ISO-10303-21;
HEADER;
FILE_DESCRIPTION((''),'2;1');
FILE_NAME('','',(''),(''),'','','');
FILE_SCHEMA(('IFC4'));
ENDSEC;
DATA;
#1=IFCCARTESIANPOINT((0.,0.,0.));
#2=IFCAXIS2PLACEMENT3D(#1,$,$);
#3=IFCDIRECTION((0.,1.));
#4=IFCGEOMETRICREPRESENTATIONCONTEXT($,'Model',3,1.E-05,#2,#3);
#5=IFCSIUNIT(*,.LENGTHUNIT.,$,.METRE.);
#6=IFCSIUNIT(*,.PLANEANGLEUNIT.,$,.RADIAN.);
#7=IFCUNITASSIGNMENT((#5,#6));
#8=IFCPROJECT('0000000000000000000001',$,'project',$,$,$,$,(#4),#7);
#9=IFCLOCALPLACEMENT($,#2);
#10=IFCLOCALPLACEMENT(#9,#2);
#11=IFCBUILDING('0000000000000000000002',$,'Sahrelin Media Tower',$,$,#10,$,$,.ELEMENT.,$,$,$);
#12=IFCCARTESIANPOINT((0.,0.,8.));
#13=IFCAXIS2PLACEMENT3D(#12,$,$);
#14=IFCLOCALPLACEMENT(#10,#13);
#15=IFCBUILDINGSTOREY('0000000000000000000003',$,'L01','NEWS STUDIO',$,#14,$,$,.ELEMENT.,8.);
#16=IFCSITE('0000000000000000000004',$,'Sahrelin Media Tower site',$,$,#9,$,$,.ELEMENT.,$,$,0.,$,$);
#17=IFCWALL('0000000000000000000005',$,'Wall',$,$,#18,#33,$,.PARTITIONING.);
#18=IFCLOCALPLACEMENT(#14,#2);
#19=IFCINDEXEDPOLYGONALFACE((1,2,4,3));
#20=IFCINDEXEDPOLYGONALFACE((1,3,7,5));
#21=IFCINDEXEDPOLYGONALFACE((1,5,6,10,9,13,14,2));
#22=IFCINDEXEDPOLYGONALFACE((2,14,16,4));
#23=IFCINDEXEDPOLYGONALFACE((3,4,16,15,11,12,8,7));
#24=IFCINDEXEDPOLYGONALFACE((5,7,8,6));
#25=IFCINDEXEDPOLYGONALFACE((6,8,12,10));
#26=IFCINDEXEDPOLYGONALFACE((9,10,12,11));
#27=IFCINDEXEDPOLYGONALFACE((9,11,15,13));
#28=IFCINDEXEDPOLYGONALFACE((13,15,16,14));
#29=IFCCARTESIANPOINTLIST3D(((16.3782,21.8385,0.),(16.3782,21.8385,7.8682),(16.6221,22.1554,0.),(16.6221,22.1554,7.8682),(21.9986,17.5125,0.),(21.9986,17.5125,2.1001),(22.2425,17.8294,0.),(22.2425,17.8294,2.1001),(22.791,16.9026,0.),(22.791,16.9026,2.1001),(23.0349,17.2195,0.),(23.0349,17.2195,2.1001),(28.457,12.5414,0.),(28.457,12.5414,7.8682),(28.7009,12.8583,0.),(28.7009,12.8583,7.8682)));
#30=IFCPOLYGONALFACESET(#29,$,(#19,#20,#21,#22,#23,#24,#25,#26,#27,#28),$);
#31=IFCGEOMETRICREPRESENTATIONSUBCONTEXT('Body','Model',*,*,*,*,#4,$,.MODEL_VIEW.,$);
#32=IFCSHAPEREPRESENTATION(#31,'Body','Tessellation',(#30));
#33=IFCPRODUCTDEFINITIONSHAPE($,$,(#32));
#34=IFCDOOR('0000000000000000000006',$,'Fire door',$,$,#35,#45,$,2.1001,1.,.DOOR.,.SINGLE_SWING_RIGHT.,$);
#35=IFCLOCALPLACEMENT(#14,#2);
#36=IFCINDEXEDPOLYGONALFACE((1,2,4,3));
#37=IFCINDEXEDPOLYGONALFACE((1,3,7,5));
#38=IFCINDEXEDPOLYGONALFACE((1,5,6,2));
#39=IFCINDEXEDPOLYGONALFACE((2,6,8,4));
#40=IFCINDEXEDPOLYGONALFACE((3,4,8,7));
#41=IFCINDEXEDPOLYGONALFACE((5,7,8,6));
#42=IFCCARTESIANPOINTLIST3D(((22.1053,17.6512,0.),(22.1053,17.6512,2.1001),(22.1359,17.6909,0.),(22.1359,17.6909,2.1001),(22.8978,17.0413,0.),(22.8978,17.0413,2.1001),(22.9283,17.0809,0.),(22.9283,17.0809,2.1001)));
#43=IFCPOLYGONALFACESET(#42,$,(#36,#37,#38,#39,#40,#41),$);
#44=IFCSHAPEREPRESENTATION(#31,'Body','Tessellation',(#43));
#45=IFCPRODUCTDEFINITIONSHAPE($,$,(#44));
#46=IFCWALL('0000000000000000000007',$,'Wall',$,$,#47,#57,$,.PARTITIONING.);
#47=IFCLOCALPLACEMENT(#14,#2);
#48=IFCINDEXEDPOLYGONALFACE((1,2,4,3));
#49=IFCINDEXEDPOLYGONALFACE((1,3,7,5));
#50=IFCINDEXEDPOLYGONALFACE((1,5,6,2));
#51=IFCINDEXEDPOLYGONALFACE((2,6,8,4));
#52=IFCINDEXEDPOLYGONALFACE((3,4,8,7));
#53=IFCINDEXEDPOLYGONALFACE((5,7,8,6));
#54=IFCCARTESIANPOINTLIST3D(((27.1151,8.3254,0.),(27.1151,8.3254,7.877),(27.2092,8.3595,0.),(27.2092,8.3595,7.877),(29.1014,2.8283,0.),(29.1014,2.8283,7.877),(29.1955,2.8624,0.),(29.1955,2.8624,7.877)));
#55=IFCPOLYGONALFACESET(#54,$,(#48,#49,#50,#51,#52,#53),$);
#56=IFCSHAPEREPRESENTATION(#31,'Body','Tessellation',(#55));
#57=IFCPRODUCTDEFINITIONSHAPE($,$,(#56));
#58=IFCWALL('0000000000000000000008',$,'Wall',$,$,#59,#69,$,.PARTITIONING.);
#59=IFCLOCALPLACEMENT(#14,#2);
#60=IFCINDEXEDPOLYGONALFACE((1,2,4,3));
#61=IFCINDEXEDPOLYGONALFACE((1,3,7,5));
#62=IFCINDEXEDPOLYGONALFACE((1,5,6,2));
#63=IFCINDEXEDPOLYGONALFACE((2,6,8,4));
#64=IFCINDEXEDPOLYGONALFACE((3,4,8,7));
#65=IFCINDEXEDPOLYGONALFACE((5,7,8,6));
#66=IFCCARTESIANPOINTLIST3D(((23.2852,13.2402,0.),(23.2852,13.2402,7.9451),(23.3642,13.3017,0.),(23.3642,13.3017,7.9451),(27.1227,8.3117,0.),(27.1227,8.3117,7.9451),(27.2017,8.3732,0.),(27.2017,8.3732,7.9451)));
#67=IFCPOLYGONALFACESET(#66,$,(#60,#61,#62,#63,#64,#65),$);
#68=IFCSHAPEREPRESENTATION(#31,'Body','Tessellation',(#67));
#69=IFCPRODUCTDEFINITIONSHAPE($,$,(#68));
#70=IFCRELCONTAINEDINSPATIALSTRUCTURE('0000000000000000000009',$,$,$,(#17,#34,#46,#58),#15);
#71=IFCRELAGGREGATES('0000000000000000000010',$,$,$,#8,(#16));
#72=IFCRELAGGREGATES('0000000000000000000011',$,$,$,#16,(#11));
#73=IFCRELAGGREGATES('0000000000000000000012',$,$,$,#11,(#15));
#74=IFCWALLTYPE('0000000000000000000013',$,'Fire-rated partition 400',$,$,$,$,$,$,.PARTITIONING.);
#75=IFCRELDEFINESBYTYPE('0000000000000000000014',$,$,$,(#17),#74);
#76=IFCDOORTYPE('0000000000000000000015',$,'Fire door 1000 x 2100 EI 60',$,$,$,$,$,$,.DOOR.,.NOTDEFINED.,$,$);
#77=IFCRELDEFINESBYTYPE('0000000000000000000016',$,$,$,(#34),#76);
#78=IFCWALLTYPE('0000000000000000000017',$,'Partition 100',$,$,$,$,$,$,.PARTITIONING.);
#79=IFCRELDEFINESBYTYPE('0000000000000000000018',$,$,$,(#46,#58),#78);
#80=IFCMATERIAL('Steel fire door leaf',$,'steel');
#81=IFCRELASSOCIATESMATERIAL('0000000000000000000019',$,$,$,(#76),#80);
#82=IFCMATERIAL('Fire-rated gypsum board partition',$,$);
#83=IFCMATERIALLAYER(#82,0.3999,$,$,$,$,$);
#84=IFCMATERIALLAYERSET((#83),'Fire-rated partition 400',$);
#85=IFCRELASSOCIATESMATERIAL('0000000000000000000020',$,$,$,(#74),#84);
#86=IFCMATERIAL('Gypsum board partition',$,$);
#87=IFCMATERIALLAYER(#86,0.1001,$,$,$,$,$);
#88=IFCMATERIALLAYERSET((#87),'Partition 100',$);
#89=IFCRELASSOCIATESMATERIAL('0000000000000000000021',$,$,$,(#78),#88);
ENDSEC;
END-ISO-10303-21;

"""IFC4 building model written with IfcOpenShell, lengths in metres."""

from ifc_helpers import new_model, si_unit, direction, frame, frame_2d, origin, place, context, subcontext, project, spatial, rectangle, extrude, material, layer, layer_set, type_object, element, fill, save


model = new_model("IFC4")

# Units and contexts
model_context = context("Model", 3, precision=1e-05, world=origin(), true_north=direction((0.0, 1.0)))
body_context = subcontext(model_context, "Body", "Model", "MODEL_VIEW")
ifc_project = project(units=[si_unit("LENGTHUNIT", "METRE"), si_unit("PLANEANGLEUNIT", "RADIAN")], contexts=[model_context])

# Site, building, storey
site_placement = place(None, origin())
site = spatial("IfcSite", under=ifc_project, at=site_placement, Name="Sahrelin Media Tower site", CompositionType="ELEMENT", RefElevation=0.0)
building_placement = place(site_placement, origin())
building = spatial("IfcBuilding", under=site, at=building_placement, Name="Sahrelin Media Tower", CompositionType="ELEMENT")
storey_placement = place(building_placement, frame((0.0, 0.0, 8.0)))
storey = spatial("IfcBuildingStorey", under=building, at=storey_placement, Name="L01", Description="NEWS STUDIO", CompositionType="ELEMENT", Elevation=8.0)

# Shared definitions
ifc_material_1 = material(Name="Fire-rated gypsum board partition")

# Shared definitions
ifc_material_2 = material(Name="Steel fire door leaf", Category="steel")
door_type = type_object("IfcDoorType", Name="Fire door 1000 x 2100 EI 60", OperationType="NOTDEFINED", PredefinedType="DOOR", material=ifc_material_2)

# Shared definitions
ifc_layer_1 = layer(ifc_material_1, 0.3999)
ifc_layer_set_1 = layer_set([ifc_layer_1], Name="Fire-rated partition 400")
wall_type_1 = type_object("IfcWallType", Name="Fire-rated partition 400", PredefinedType="PARTITIONING", material=ifc_layer_set_1)

# Wall, opening, door
wall_1_placement = place(storey_placement, frame((28.5789, 12.7, 0.0), z_axis=(0.0, 0.0, 1.0), x_axis=(-0.792444, 0.609945, 0.0)))
wall_1 = element("IfcWall", 1, at=wall_1_placement, inside=storey, type_object=wall_type_1, Name="Wall", PredefinedType="PARTITIONING", context=body_context, shape_type="SweptSolid", body=[
    extrude(rectangle(XDim=15.2424, YDim=0.3999, at=frame_2d((7.6211, 0.0))), origin(), (0.0, 0.0, 1.0), 7.8682),
])
opening_1_placement = place(wall_1_placement, frame((7.1499, 0.0, 0.0)))
opening_1 = element("IfcOpeningElement", 2, at=opening_1_placement, cuts=wall_1, PredefinedType="OPENING", context=body_context, shape_type="SweptSolid", body=[
    extrude(rectangle(XDim=1.0, YDim=2.1001, at=frame_2d((0.5, 1.05))), frame((0.0, 0.2, 0.0), z_axis=(0.0, -1.0, 0.0), x_axis=(1.0, 0.0, 0.0)), (0.0, 0.0, 1.0), 0.3999),
])
door_1_placement = place(opening_1_placement, origin())
door_1 = element("IfcDoor", 3, at=door_1_placement, inside=storey, type_object=door_type, Name="Fire door", OperationType="SINGLE_SWING_RIGHT", OverallHeight=2.1001, OverallWidth=1.0, PredefinedType="DOOR", context=body_context, shape_type="SweptSolid", body=[
    extrude(rectangle(XDim=1.0, YDim=2.1001, at=frame_2d((0.5, 1.05))), frame((0.0, 0.0249, 0.0), z_axis=(0.0, -1.0, 0.0), x_axis=(1.0, 0.0, 0.0)), (0.0, 0.0, 1.0), 0.05),
])
fill(opening_1, door_1)

# Walls
ifc_material_3 = material(Name="Gypsum board partition")
ifc_layer_2 = layer(ifc_material_3, 0.1001)
ifc_layer_set_2 = layer_set([ifc_layer_2], Name="Partition 100")
wall_type_2 = type_object("IfcWallType", Name="Partition 100", PredefinedType="PARTITIONING", material=ifc_layer_set_2)
wall_2_placement = place(storey_placement, frame((29.1484, 2.8455, 0.0), z_axis=(0.0, 0.0, 1.0), x_axis=(-0.339837, 0.940484, 0.0)))
element("IfcWall", 4, at=wall_2_placement, inside=storey, type_object=wall_type_2, Name="Wall", PredefinedType="PARTITIONING", context=body_context, shape_type="SweptSolid", body=[
    extrude(rectangle(XDim=5.845, YDim=0.1001, at=frame_2d((2.9224, 0.0))), origin(), (0.0, 0.0, 1.0), 7.877),
])
wall_3_placement = place(storey_placement, frame((27.1621, 8.3425, 0.0), z_axis=(0.0, 0.0, 1.0), x_axis=(-0.614355, 0.78903, 0.0)))
element("IfcWall", 5, at=wall_3_placement, inside=storey, type_object=wall_type_2, Name="Wall", PredefinedType="PARTITIONING", context=body_context, shape_type="SweptSolid", body=[
    extrude(rectangle(XDim=6.2463, YDim=0.1001, at=frame_2d((3.123, 0.0))), origin(), (0.0, 0.0, 1.0), 7.9451),
])

save(model, "model.ifc")
